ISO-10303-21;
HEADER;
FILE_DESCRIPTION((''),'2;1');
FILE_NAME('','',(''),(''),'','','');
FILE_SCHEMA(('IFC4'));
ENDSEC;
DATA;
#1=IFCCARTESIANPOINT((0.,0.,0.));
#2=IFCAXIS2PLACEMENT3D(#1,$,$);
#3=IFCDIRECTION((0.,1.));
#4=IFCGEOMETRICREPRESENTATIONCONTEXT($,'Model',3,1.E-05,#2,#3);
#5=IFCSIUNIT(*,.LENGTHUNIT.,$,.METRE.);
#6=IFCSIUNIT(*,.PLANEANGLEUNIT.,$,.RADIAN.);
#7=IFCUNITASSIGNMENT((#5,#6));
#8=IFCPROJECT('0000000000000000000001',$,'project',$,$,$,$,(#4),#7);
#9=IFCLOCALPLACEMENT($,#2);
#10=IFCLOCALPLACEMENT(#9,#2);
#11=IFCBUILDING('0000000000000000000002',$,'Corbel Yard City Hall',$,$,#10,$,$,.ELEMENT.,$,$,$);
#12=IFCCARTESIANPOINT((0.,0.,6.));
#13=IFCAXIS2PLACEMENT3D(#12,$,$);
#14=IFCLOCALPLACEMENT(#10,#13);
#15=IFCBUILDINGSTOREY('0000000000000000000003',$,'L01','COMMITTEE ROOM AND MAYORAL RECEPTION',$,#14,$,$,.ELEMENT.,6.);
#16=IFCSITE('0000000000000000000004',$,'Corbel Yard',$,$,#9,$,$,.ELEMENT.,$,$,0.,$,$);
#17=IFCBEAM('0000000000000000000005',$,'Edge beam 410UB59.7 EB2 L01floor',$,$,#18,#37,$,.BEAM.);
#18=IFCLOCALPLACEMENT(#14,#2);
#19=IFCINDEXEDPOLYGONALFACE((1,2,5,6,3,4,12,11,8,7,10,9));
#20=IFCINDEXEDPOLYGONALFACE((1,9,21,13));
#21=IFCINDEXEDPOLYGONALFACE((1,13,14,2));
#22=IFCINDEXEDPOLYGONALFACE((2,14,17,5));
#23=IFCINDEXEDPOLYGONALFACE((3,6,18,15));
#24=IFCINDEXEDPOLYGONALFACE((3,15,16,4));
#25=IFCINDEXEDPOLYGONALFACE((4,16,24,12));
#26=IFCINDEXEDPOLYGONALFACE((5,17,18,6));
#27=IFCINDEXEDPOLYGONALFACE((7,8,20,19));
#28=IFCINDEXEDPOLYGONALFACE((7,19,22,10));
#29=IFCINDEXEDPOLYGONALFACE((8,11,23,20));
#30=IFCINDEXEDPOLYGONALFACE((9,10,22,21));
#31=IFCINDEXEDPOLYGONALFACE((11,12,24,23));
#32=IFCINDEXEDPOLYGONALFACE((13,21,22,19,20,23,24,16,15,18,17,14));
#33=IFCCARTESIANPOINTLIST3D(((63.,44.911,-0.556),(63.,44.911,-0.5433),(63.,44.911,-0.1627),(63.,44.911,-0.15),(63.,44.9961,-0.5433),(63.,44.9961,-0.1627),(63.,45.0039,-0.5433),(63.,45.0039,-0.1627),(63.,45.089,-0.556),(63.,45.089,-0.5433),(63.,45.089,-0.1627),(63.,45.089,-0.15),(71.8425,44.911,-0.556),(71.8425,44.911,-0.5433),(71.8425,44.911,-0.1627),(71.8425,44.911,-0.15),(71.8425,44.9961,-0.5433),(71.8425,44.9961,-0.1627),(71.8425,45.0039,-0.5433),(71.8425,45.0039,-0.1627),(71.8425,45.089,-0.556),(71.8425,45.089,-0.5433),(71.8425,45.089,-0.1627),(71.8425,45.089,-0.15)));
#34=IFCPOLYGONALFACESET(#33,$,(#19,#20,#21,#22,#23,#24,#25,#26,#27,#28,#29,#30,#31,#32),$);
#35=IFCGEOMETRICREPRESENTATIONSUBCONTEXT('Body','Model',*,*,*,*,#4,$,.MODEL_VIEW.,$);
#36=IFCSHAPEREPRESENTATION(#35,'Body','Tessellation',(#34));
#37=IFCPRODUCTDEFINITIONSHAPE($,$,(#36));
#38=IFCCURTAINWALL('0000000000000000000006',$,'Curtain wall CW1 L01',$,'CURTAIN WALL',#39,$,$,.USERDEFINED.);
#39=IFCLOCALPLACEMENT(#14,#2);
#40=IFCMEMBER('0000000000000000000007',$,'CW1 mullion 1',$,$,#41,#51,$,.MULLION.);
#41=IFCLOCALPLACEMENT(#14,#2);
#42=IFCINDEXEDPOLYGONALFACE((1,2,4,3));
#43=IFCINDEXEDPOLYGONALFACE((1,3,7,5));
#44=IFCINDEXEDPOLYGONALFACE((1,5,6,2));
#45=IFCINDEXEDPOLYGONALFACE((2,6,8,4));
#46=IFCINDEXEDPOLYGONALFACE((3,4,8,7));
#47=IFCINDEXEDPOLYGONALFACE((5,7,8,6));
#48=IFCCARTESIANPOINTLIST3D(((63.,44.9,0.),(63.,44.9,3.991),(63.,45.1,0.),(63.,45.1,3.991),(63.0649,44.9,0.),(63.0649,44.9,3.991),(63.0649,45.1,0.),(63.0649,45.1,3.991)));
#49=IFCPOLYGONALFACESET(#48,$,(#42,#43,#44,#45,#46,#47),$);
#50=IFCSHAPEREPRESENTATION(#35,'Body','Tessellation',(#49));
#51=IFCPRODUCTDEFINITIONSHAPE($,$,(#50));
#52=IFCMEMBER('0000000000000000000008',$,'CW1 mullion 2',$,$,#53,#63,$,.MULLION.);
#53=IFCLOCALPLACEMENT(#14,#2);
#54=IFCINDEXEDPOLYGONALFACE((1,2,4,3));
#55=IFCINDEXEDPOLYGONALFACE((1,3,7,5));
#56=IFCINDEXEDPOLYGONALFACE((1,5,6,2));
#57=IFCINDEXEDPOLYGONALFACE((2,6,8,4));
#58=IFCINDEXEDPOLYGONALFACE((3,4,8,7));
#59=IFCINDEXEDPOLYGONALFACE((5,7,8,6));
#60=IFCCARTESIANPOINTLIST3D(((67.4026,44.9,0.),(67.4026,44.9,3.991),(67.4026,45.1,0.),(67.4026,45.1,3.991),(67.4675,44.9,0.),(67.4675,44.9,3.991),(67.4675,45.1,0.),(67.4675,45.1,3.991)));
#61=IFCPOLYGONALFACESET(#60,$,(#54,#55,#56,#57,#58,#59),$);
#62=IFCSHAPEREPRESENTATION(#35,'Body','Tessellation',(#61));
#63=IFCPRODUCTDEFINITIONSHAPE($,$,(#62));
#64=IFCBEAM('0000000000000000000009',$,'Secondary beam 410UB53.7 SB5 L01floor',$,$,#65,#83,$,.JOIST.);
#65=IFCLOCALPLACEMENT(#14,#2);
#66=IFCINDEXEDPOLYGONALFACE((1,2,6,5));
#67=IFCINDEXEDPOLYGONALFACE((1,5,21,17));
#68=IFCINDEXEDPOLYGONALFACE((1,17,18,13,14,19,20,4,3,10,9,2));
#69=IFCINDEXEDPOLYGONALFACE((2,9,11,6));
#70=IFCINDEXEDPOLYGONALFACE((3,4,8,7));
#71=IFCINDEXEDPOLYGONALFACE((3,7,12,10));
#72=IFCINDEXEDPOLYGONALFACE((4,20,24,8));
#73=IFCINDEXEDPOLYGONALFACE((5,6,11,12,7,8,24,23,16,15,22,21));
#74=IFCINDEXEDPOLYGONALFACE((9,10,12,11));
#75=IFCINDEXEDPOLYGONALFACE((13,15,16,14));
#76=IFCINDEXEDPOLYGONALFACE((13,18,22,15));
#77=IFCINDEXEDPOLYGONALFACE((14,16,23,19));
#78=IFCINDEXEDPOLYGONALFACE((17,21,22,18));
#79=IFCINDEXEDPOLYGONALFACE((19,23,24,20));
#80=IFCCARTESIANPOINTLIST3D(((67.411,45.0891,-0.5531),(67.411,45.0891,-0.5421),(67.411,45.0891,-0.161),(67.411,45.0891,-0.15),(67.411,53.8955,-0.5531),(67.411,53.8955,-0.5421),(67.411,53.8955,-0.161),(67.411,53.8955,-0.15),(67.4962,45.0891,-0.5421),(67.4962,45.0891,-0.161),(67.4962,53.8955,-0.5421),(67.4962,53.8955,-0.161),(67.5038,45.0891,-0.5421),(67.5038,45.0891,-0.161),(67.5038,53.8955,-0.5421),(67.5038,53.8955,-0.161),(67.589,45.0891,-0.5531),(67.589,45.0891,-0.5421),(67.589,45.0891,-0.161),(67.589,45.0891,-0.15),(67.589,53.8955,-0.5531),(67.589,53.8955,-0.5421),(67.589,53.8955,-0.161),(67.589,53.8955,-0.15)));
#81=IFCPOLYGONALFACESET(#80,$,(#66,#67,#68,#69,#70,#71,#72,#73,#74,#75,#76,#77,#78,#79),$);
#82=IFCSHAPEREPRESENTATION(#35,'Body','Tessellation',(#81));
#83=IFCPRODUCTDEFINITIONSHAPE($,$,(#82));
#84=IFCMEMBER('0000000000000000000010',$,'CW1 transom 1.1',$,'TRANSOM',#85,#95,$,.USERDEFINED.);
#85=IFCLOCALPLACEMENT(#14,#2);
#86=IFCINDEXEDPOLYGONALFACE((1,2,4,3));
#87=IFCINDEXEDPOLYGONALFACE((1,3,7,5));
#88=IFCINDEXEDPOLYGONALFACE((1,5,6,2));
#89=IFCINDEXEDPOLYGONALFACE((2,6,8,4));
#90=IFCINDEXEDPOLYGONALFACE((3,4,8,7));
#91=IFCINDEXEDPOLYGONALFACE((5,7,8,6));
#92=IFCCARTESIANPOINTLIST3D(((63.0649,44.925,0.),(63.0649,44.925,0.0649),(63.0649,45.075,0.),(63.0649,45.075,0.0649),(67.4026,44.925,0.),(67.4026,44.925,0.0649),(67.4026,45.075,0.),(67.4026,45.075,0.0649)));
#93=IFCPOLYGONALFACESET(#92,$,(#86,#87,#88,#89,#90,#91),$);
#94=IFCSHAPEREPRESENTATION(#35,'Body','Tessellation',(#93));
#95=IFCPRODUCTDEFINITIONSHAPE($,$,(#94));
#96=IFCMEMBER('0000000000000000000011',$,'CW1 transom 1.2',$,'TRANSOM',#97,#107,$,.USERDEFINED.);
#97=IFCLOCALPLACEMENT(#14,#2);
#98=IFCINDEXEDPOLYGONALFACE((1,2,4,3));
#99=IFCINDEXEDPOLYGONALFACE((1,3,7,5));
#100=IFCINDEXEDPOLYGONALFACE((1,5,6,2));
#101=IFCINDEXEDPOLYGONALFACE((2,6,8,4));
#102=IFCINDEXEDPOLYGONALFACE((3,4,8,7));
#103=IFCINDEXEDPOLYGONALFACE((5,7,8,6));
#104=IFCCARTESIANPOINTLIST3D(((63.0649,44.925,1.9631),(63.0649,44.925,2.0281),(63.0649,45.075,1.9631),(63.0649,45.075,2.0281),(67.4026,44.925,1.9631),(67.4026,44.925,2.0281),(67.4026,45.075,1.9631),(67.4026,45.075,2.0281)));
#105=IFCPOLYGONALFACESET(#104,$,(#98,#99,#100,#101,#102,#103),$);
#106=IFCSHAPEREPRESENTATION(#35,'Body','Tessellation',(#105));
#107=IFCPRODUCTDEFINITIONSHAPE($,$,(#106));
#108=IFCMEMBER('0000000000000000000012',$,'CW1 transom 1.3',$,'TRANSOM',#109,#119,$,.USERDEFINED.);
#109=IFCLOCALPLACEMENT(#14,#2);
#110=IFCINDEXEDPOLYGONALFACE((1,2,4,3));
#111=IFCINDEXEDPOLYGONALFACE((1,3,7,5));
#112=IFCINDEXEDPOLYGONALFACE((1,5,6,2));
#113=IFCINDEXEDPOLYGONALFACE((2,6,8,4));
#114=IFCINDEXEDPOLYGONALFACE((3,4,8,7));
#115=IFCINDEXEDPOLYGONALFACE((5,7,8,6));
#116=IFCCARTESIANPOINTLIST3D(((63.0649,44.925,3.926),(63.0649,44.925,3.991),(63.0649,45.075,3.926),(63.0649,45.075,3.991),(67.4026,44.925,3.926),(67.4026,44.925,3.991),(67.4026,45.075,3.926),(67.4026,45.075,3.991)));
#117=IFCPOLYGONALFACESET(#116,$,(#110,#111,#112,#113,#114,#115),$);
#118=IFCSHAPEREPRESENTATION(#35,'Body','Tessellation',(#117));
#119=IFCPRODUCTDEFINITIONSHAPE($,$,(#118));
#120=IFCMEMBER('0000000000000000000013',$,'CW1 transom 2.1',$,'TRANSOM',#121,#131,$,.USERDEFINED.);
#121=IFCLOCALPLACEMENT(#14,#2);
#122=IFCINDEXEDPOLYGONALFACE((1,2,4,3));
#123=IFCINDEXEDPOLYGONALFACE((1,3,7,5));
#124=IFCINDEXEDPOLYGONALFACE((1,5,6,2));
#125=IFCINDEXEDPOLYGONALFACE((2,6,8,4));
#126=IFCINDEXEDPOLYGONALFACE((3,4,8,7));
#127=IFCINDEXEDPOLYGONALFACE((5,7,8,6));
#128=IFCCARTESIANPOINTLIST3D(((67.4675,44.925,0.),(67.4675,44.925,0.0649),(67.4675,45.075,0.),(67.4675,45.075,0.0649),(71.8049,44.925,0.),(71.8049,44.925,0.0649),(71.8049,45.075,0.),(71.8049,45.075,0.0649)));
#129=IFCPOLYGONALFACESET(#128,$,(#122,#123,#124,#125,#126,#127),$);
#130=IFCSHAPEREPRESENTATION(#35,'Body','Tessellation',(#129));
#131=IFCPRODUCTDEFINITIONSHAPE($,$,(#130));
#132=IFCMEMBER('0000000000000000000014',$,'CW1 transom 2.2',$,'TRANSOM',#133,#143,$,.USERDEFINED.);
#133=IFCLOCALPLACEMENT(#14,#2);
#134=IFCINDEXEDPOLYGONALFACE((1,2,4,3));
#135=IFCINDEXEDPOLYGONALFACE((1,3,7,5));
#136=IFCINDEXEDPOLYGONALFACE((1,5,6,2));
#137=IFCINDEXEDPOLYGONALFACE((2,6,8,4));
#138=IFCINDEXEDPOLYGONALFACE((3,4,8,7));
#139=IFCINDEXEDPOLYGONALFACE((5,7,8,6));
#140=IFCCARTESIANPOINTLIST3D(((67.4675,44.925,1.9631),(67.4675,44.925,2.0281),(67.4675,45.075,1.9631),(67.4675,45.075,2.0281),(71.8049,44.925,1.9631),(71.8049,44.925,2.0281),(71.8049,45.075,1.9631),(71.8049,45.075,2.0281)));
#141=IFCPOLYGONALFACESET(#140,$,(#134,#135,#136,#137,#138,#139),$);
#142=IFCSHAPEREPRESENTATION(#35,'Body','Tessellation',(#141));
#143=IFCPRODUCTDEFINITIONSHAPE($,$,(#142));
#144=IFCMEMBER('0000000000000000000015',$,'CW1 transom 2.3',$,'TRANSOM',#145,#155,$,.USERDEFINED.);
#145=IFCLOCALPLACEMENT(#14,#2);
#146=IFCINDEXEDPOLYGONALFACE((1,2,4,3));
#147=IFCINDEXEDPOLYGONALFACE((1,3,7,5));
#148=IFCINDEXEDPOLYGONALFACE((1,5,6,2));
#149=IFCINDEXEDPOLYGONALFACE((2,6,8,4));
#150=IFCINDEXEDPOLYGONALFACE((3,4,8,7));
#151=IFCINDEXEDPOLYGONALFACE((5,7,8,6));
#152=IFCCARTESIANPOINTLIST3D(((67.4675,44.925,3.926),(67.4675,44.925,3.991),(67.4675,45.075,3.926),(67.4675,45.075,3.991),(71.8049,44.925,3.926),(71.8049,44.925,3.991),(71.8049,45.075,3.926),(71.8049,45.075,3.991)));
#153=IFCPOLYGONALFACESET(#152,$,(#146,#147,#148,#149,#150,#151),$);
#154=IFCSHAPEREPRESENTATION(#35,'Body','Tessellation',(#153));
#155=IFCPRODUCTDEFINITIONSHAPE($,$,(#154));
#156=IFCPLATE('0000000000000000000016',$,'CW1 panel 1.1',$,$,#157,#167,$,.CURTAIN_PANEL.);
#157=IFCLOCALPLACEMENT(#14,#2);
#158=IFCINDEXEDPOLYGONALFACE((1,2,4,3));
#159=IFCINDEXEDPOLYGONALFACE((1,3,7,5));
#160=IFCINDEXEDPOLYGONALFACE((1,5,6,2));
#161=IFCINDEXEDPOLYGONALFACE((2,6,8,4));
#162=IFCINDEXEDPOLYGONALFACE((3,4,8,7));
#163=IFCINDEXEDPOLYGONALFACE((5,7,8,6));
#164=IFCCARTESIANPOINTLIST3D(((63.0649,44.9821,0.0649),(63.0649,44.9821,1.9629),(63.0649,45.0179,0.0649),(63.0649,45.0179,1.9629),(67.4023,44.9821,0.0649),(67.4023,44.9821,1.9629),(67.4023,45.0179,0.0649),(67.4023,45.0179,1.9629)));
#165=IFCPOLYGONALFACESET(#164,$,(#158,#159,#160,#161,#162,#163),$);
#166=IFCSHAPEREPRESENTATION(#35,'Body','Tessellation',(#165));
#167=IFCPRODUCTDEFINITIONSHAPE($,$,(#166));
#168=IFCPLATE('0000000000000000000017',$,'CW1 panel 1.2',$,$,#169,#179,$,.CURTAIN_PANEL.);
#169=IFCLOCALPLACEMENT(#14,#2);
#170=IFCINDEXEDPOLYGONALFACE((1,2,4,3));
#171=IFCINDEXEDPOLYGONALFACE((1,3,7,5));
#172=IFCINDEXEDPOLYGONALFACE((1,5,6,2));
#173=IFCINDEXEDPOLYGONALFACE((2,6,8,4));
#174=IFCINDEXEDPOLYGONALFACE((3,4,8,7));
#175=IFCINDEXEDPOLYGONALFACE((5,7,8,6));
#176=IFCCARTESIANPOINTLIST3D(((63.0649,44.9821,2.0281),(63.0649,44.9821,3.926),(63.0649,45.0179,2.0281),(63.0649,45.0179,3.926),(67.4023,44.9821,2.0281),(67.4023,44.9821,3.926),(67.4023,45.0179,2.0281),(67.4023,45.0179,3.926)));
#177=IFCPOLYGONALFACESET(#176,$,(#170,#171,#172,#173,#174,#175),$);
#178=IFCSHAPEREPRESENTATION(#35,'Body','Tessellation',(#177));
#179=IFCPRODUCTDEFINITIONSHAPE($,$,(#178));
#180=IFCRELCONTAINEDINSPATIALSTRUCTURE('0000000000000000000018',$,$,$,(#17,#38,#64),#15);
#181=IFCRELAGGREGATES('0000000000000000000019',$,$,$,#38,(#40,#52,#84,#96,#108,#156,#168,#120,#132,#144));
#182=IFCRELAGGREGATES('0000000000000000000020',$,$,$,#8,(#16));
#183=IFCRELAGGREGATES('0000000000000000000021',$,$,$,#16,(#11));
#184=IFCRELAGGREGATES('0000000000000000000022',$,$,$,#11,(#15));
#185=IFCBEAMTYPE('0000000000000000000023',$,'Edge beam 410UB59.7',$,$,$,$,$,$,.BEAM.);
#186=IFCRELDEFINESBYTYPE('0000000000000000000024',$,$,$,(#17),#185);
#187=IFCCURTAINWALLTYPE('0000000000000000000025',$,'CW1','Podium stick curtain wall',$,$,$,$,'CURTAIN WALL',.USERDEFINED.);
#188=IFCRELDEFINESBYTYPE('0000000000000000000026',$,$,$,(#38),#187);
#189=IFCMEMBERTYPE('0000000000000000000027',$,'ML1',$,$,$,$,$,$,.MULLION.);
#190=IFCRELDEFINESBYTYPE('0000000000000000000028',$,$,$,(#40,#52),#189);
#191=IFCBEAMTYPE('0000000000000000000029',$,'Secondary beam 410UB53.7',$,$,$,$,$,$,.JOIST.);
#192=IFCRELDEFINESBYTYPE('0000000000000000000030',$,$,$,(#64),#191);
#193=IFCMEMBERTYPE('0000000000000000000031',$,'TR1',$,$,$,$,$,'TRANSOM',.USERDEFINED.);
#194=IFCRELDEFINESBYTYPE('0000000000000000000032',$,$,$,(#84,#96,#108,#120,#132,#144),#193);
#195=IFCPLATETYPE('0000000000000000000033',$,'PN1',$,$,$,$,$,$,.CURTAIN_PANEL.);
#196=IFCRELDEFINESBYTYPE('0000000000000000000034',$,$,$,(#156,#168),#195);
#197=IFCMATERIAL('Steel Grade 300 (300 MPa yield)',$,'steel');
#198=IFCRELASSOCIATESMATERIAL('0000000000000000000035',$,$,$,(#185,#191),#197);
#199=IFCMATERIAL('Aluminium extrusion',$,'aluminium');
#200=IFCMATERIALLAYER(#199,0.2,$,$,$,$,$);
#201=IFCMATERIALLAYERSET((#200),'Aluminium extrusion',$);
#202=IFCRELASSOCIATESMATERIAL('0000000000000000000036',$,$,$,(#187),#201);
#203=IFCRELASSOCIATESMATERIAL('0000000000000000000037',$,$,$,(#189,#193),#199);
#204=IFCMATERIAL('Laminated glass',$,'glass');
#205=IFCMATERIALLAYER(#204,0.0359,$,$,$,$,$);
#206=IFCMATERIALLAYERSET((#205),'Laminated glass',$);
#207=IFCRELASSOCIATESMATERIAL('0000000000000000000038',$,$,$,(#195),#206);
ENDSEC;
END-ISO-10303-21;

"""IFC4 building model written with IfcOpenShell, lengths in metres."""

from ifc_helpers import new_model, si_unit, direction, frame, origin, origin_2d, place, context, subcontext, project, spatial, rectangle, i_section, extrude, material, layer, layer_set, material_profile, profile_set, type_object, element, aggregate, save


model = new_model("IFC4")

# Units and contexts
model_context = context("Model", 3, precision=1e-05, world=origin(), true_north=direction((0.0, 1.0)))
body_context = subcontext(model_context, "Body", "Model", "MODEL_VIEW")
ifc_project = project(units=[si_unit("LENGTHUNIT", "METRE"), si_unit("PLANEANGLEUNIT", "RADIAN")], contexts=[model_context])

# Site, building, storey
site_placement = place(None, origin())
site = spatial("IfcSite", under=ifc_project, at=site_placement, Name="Corbel Yard", CompositionType="ELEMENT", RefElevation=0.0)
building_placement = place(site_placement, origin())
building = spatial("IfcBuilding", under=site, at=building_placement, Name="Corbel Yard City Hall", CompositionType="ELEMENT")
storey_placement = place(building_placement, frame((0.0, 0.0, 6.0)))
storey = spatial("IfcBuildingStorey", under=building, at=storey_placement, Name="L01", Description="COMMITTEE ROOM AND MAYORAL RECEPTION", CompositionType="ELEMENT", Elevation=6.0)

# Beam
ifc_material_1 = material(Name="Steel Grade 300 (300 MPa yield)", Category="steel")
ifc_material_profile_1 = material_profile(ifc_material_1, i_section(OverallWidth=0.178, OverallDepth=0.406, WebThickness=0.0078, FlangeThickness=0.0127, at=origin_2d()), Name="410UB59.7")
ifc_profile_set_1 = profile_set([ifc_material_profile_1], Name="Steel Grade 300 (300 MPa yield)")
beam_type_1 = type_object("IfcBeamType", Name="Edge beam 410UB59.7", PredefinedType="BEAM", material=ifc_profile_set_1)
beam_1_placement = place(storey_placement, frame((63.0, 45.0, -0.353), z_axis=(1.0, 0.0, 0.0), x_axis=(0.0, 1.0, 0.0)))
element("IfcBeam", 1, at=beam_1_placement, inside=storey, type_object=beam_type_1, Name="Edge beam 410UB59.7 EB2 L01floor", PredefinedType="BEAM", context=body_context, shape_type="SweptSolid", body=[
    extrude(i_section(OverallWidth=0.178, OverallDepth=0.406, WebThickness=0.0078, FlangeThickness=0.0127, at=origin_2d()), origin(), (0.0, 0.0, 1.0), 8.8425),
])

# Curtain wall, members
ifc_material_2 = material(Name="Aluminium extrusion", Category="aluminium")
ifc_layer_1 = layer(ifc_material_2, 0.2)
ifc_layer_set_1 = layer_set([ifc_layer_1], Name="Aluminium extrusion")
curtain_wall_type = type_object("IfcCurtainWallType", Name="CW1", Description="Podium stick curtain wall", ElementType="CURTAIN WALL", PredefinedType="USERDEFINED", material=ifc_layer_set_1)
curtain_wall_placement = place(storey_placement, origin())
curtain_wall = element("IfcCurtainWall", 2, at=curtain_wall_placement, inside=storey, type_object=curtain_wall_type, Name="Curtain wall CW1 L01", ObjectType="CURTAIN WALL", PredefinedType="USERDEFINED")
ifc_material_profile_2 = material_profile(ifc_material_2, rectangle(XDim=0.2, YDim=0.0649, at=origin_2d()), Name="200x65")
ifc_profile_set_2 = profile_set([ifc_material_profile_2], Name="Aluminium extrusion")
member_type_1 = type_object("IfcMemberType", Name="ML1", PredefinedType="MULLION", material=ifc_profile_set_2)
member_1_placement = place(storey_placement, frame((63.0325, 45.0, 0.0), z_axis=(0.0, 0.0, 1.0), x_axis=(0.0, 1.0, 0.0)))
member_1 = element("IfcMember", 3, at=member_1_placement, type_object=member_type_1, Name="CW1 mullion 1", PredefinedType="MULLION", context=body_context, shape_type="SweptSolid", body=[
    extrude(rectangle(XDim=0.2, YDim=0.0649, at=origin_2d()), origin(), (0.0, 0.0, 1.0), 3.991),
])
member_2_placement = place(storey_placement, frame((67.4351, 45.0, 0.0), z_axis=(0.0, 0.0, 1.0), x_axis=(0.0, 1.0, 0.0)))
member_2 = element("IfcMember", 4, at=member_2_placement, type_object=member_type_1, Name="CW1 mullion 2", PredefinedType="MULLION", context=body_context, shape_type="SweptSolid", body=[
    extrude(rectangle(XDim=0.2, YDim=0.0649, at=origin_2d()), origin(), (0.0, 0.0, 1.0), 3.991),
])

# Beam
ifc_material_profile_3 = material_profile(ifc_material_1, i_section(OverallWidth=0.178, OverallDepth=0.4031, WebThickness=0.0076, FlangeThickness=0.011, at=origin_2d()), Name="410UB53.7")
ifc_profile_set_3 = profile_set([ifc_material_profile_3], Name="Steel Grade 300 (300 MPa yield)")
beam_type_2 = type_object("IfcBeamType", Name="Secondary beam 410UB53.7", PredefinedType="JOIST", material=ifc_profile_set_3)
beam_2_placement = place(storey_placement, frame((67.5, 45.0891, -0.3516), z_axis=(0.0, 1.0, 0.0), x_axis=(-1.0, 0.0, 0.0)))
element("IfcBeam", 5, at=beam_2_placement, inside=storey, type_object=beam_type_2, Name="Secondary beam 410UB53.7 SB5 L01floor", PredefinedType="JOIST", context=body_context, shape_type="SweptSolid", body=[
    extrude(i_section(OverallWidth=0.178, OverallDepth=0.4031, WebThickness=0.0076, FlangeThickness=0.011, at=origin_2d()), origin(), (0.0, 0.0, 1.0), 8.8064),
])

# Members
ifc_material_profile_4 = material_profile(ifc_material_2, rectangle(XDim=0.1499, YDim=0.0649, at=origin_2d()), Name="150x65")
ifc_profile_set_4 = profile_set([ifc_material_profile_4], Name="Aluminium extrusion")
member_type_2 = type_object("IfcMemberType", Name="TR1", ElementType="TRANSOM", PredefinedType="USERDEFINED", material=ifc_profile_set_4)
member_3_placement = place(storey_placement, frame((63.0649, 45.0, 0.0325), z_axis=(1.0, 0.0, 0.0), x_axis=(0.0, 1.0, 0.0)))
member_3 = element("IfcMember", 6, at=member_3_placement, type_object=member_type_2, Name="CW1 transom 1.1", ObjectType="TRANSOM", PredefinedType="USERDEFINED", context=body_context, shape_type="SweptSolid", body=[
    extrude(rectangle(XDim=0.1499, YDim=0.0649, at=origin_2d()), origin(), (0.0, 0.0, 1.0), 4.3376),
])
member_4_placement = place(storey_placement, frame((63.0649, 45.0, 1.9956), z_axis=(1.0, 0.0, 0.0), x_axis=(0.0, 1.0, 0.0)))
member_4 = element("IfcMember", 7, at=member_4_placement, type_object=member_type_2, Name="CW1 transom 1.2", ObjectType="TRANSOM", PredefinedType="USERDEFINED", context=body_context, shape_type="SweptSolid", body=[
    extrude(rectangle(XDim=0.1499, YDim=0.0649, at=origin_2d()), origin(), (0.0, 0.0, 1.0), 4.3376),
])
member_5_placement = place(storey_placement, frame((63.0649, 45.0, 3.9585), z_axis=(1.0, 0.0, 0.0), x_axis=(0.0, 1.0, 0.0)))
member_5 = element("IfcMember", 8, at=member_5_placement, type_object=member_type_2, Name="CW1 transom 1.3", ObjectType="TRANSOM", PredefinedType="USERDEFINED", context=body_context, shape_type="SweptSolid", body=[
    extrude(rectangle(XDim=0.1499, YDim=0.0649, at=origin_2d()), origin(), (0.0, 0.0, 1.0), 4.3376),
])
member_6_placement = place(storey_placement, frame((67.4675, 45.0, 0.0325), z_axis=(1.0, 0.0, 0.0), x_axis=(0.0, 1.0, 0.0)))
member_6 = element("IfcMember", 9, at=member_6_placement, type_object=member_type_2, Name="CW1 transom 2.1", ObjectType="TRANSOM", PredefinedType="USERDEFINED", context=body_context, shape_type="SweptSolid", body=[
    extrude(rectangle(XDim=0.1499, YDim=0.0649, at=origin_2d()), origin(), (0.0, 0.0, 1.0), 4.3374),
])
member_7_placement = place(storey_placement, frame((67.4675, 45.0, 1.9956), z_axis=(1.0, 0.0, 0.0), x_axis=(0.0, 1.0, 0.0)))
member_7 = element("IfcMember", 10, at=member_7_placement, type_object=member_type_2, Name="CW1 transom 2.2", ObjectType="TRANSOM", PredefinedType="USERDEFINED", context=body_context, shape_type="SweptSolid", body=[
    extrude(rectangle(XDim=0.1499, YDim=0.0649, at=origin_2d()), origin(), (0.0, 0.0, 1.0), 4.3374),
])
member_8_placement = place(storey_placement, frame((67.4675, 45.0, 3.9585), z_axis=(1.0, 0.0, 0.0), x_axis=(0.0, 1.0, 0.0)))
member_8 = element("IfcMember", 11, at=member_8_placement, type_object=member_type_2, Name="CW1 transom 2.3", ObjectType="TRANSOM", PredefinedType="USERDEFINED", context=body_context, shape_type="SweptSolid", body=[
    extrude(rectangle(XDim=0.1499, YDim=0.0649, at=origin_2d()), origin(), (0.0, 0.0, 1.0), 4.3374),
])

# Plates
ifc_material_3 = material(Name="Laminated glass", Category="glass")
ifc_layer_2 = layer(ifc_material_3, 0.0359)
ifc_layer_set_2 = layer_set([ifc_layer_2], Name="Laminated glass")
plate_type = type_object("IfcPlateType", Name="PN1", PredefinedType="CURTAIN_PANEL", material=ifc_layer_set_2)
plate_1_placement = place(storey_placement, frame((65.2336, 45.0, 0.0649), z_axis=(0.0, 0.0, 1.0), x_axis=(1.0, 0.0, 0.0)))
plate_1 = element("IfcPlate", 12, at=plate_1_placement, type_object=plate_type, Name="CW1 panel 1.1", PredefinedType="CURTAIN_PANEL", context=body_context, shape_type="SweptSolid", body=[
    extrude(rectangle(XDim=4.3374, YDim=0.0359, at=origin_2d()), origin(), (0.0, 0.0, 1.0), 1.8979),
])
plate_2_placement = place(storey_placement, frame((65.2336, 45.0, 2.0281), z_axis=(0.0, 0.0, 1.0), x_axis=(1.0, 0.0, 0.0)))
plate_2 = element("IfcPlate", 13, at=plate_2_placement, type_object=plate_type, Name="CW1 panel 1.2", PredefinedType="CURTAIN_PANEL", context=body_context, shape_type="SweptSolid", body=[
    extrude(rectangle(XDim=4.3374, YDim=0.0359, at=origin_2d()), origin(), (0.0, 0.0, 1.0), 1.8979),
])
aggregate(curtain_wall, [member_1, member_2, member_3, member_4, member_5, plate_1, plate_2, member_6, member_7, member_8])

save(model, "model.ifc")
